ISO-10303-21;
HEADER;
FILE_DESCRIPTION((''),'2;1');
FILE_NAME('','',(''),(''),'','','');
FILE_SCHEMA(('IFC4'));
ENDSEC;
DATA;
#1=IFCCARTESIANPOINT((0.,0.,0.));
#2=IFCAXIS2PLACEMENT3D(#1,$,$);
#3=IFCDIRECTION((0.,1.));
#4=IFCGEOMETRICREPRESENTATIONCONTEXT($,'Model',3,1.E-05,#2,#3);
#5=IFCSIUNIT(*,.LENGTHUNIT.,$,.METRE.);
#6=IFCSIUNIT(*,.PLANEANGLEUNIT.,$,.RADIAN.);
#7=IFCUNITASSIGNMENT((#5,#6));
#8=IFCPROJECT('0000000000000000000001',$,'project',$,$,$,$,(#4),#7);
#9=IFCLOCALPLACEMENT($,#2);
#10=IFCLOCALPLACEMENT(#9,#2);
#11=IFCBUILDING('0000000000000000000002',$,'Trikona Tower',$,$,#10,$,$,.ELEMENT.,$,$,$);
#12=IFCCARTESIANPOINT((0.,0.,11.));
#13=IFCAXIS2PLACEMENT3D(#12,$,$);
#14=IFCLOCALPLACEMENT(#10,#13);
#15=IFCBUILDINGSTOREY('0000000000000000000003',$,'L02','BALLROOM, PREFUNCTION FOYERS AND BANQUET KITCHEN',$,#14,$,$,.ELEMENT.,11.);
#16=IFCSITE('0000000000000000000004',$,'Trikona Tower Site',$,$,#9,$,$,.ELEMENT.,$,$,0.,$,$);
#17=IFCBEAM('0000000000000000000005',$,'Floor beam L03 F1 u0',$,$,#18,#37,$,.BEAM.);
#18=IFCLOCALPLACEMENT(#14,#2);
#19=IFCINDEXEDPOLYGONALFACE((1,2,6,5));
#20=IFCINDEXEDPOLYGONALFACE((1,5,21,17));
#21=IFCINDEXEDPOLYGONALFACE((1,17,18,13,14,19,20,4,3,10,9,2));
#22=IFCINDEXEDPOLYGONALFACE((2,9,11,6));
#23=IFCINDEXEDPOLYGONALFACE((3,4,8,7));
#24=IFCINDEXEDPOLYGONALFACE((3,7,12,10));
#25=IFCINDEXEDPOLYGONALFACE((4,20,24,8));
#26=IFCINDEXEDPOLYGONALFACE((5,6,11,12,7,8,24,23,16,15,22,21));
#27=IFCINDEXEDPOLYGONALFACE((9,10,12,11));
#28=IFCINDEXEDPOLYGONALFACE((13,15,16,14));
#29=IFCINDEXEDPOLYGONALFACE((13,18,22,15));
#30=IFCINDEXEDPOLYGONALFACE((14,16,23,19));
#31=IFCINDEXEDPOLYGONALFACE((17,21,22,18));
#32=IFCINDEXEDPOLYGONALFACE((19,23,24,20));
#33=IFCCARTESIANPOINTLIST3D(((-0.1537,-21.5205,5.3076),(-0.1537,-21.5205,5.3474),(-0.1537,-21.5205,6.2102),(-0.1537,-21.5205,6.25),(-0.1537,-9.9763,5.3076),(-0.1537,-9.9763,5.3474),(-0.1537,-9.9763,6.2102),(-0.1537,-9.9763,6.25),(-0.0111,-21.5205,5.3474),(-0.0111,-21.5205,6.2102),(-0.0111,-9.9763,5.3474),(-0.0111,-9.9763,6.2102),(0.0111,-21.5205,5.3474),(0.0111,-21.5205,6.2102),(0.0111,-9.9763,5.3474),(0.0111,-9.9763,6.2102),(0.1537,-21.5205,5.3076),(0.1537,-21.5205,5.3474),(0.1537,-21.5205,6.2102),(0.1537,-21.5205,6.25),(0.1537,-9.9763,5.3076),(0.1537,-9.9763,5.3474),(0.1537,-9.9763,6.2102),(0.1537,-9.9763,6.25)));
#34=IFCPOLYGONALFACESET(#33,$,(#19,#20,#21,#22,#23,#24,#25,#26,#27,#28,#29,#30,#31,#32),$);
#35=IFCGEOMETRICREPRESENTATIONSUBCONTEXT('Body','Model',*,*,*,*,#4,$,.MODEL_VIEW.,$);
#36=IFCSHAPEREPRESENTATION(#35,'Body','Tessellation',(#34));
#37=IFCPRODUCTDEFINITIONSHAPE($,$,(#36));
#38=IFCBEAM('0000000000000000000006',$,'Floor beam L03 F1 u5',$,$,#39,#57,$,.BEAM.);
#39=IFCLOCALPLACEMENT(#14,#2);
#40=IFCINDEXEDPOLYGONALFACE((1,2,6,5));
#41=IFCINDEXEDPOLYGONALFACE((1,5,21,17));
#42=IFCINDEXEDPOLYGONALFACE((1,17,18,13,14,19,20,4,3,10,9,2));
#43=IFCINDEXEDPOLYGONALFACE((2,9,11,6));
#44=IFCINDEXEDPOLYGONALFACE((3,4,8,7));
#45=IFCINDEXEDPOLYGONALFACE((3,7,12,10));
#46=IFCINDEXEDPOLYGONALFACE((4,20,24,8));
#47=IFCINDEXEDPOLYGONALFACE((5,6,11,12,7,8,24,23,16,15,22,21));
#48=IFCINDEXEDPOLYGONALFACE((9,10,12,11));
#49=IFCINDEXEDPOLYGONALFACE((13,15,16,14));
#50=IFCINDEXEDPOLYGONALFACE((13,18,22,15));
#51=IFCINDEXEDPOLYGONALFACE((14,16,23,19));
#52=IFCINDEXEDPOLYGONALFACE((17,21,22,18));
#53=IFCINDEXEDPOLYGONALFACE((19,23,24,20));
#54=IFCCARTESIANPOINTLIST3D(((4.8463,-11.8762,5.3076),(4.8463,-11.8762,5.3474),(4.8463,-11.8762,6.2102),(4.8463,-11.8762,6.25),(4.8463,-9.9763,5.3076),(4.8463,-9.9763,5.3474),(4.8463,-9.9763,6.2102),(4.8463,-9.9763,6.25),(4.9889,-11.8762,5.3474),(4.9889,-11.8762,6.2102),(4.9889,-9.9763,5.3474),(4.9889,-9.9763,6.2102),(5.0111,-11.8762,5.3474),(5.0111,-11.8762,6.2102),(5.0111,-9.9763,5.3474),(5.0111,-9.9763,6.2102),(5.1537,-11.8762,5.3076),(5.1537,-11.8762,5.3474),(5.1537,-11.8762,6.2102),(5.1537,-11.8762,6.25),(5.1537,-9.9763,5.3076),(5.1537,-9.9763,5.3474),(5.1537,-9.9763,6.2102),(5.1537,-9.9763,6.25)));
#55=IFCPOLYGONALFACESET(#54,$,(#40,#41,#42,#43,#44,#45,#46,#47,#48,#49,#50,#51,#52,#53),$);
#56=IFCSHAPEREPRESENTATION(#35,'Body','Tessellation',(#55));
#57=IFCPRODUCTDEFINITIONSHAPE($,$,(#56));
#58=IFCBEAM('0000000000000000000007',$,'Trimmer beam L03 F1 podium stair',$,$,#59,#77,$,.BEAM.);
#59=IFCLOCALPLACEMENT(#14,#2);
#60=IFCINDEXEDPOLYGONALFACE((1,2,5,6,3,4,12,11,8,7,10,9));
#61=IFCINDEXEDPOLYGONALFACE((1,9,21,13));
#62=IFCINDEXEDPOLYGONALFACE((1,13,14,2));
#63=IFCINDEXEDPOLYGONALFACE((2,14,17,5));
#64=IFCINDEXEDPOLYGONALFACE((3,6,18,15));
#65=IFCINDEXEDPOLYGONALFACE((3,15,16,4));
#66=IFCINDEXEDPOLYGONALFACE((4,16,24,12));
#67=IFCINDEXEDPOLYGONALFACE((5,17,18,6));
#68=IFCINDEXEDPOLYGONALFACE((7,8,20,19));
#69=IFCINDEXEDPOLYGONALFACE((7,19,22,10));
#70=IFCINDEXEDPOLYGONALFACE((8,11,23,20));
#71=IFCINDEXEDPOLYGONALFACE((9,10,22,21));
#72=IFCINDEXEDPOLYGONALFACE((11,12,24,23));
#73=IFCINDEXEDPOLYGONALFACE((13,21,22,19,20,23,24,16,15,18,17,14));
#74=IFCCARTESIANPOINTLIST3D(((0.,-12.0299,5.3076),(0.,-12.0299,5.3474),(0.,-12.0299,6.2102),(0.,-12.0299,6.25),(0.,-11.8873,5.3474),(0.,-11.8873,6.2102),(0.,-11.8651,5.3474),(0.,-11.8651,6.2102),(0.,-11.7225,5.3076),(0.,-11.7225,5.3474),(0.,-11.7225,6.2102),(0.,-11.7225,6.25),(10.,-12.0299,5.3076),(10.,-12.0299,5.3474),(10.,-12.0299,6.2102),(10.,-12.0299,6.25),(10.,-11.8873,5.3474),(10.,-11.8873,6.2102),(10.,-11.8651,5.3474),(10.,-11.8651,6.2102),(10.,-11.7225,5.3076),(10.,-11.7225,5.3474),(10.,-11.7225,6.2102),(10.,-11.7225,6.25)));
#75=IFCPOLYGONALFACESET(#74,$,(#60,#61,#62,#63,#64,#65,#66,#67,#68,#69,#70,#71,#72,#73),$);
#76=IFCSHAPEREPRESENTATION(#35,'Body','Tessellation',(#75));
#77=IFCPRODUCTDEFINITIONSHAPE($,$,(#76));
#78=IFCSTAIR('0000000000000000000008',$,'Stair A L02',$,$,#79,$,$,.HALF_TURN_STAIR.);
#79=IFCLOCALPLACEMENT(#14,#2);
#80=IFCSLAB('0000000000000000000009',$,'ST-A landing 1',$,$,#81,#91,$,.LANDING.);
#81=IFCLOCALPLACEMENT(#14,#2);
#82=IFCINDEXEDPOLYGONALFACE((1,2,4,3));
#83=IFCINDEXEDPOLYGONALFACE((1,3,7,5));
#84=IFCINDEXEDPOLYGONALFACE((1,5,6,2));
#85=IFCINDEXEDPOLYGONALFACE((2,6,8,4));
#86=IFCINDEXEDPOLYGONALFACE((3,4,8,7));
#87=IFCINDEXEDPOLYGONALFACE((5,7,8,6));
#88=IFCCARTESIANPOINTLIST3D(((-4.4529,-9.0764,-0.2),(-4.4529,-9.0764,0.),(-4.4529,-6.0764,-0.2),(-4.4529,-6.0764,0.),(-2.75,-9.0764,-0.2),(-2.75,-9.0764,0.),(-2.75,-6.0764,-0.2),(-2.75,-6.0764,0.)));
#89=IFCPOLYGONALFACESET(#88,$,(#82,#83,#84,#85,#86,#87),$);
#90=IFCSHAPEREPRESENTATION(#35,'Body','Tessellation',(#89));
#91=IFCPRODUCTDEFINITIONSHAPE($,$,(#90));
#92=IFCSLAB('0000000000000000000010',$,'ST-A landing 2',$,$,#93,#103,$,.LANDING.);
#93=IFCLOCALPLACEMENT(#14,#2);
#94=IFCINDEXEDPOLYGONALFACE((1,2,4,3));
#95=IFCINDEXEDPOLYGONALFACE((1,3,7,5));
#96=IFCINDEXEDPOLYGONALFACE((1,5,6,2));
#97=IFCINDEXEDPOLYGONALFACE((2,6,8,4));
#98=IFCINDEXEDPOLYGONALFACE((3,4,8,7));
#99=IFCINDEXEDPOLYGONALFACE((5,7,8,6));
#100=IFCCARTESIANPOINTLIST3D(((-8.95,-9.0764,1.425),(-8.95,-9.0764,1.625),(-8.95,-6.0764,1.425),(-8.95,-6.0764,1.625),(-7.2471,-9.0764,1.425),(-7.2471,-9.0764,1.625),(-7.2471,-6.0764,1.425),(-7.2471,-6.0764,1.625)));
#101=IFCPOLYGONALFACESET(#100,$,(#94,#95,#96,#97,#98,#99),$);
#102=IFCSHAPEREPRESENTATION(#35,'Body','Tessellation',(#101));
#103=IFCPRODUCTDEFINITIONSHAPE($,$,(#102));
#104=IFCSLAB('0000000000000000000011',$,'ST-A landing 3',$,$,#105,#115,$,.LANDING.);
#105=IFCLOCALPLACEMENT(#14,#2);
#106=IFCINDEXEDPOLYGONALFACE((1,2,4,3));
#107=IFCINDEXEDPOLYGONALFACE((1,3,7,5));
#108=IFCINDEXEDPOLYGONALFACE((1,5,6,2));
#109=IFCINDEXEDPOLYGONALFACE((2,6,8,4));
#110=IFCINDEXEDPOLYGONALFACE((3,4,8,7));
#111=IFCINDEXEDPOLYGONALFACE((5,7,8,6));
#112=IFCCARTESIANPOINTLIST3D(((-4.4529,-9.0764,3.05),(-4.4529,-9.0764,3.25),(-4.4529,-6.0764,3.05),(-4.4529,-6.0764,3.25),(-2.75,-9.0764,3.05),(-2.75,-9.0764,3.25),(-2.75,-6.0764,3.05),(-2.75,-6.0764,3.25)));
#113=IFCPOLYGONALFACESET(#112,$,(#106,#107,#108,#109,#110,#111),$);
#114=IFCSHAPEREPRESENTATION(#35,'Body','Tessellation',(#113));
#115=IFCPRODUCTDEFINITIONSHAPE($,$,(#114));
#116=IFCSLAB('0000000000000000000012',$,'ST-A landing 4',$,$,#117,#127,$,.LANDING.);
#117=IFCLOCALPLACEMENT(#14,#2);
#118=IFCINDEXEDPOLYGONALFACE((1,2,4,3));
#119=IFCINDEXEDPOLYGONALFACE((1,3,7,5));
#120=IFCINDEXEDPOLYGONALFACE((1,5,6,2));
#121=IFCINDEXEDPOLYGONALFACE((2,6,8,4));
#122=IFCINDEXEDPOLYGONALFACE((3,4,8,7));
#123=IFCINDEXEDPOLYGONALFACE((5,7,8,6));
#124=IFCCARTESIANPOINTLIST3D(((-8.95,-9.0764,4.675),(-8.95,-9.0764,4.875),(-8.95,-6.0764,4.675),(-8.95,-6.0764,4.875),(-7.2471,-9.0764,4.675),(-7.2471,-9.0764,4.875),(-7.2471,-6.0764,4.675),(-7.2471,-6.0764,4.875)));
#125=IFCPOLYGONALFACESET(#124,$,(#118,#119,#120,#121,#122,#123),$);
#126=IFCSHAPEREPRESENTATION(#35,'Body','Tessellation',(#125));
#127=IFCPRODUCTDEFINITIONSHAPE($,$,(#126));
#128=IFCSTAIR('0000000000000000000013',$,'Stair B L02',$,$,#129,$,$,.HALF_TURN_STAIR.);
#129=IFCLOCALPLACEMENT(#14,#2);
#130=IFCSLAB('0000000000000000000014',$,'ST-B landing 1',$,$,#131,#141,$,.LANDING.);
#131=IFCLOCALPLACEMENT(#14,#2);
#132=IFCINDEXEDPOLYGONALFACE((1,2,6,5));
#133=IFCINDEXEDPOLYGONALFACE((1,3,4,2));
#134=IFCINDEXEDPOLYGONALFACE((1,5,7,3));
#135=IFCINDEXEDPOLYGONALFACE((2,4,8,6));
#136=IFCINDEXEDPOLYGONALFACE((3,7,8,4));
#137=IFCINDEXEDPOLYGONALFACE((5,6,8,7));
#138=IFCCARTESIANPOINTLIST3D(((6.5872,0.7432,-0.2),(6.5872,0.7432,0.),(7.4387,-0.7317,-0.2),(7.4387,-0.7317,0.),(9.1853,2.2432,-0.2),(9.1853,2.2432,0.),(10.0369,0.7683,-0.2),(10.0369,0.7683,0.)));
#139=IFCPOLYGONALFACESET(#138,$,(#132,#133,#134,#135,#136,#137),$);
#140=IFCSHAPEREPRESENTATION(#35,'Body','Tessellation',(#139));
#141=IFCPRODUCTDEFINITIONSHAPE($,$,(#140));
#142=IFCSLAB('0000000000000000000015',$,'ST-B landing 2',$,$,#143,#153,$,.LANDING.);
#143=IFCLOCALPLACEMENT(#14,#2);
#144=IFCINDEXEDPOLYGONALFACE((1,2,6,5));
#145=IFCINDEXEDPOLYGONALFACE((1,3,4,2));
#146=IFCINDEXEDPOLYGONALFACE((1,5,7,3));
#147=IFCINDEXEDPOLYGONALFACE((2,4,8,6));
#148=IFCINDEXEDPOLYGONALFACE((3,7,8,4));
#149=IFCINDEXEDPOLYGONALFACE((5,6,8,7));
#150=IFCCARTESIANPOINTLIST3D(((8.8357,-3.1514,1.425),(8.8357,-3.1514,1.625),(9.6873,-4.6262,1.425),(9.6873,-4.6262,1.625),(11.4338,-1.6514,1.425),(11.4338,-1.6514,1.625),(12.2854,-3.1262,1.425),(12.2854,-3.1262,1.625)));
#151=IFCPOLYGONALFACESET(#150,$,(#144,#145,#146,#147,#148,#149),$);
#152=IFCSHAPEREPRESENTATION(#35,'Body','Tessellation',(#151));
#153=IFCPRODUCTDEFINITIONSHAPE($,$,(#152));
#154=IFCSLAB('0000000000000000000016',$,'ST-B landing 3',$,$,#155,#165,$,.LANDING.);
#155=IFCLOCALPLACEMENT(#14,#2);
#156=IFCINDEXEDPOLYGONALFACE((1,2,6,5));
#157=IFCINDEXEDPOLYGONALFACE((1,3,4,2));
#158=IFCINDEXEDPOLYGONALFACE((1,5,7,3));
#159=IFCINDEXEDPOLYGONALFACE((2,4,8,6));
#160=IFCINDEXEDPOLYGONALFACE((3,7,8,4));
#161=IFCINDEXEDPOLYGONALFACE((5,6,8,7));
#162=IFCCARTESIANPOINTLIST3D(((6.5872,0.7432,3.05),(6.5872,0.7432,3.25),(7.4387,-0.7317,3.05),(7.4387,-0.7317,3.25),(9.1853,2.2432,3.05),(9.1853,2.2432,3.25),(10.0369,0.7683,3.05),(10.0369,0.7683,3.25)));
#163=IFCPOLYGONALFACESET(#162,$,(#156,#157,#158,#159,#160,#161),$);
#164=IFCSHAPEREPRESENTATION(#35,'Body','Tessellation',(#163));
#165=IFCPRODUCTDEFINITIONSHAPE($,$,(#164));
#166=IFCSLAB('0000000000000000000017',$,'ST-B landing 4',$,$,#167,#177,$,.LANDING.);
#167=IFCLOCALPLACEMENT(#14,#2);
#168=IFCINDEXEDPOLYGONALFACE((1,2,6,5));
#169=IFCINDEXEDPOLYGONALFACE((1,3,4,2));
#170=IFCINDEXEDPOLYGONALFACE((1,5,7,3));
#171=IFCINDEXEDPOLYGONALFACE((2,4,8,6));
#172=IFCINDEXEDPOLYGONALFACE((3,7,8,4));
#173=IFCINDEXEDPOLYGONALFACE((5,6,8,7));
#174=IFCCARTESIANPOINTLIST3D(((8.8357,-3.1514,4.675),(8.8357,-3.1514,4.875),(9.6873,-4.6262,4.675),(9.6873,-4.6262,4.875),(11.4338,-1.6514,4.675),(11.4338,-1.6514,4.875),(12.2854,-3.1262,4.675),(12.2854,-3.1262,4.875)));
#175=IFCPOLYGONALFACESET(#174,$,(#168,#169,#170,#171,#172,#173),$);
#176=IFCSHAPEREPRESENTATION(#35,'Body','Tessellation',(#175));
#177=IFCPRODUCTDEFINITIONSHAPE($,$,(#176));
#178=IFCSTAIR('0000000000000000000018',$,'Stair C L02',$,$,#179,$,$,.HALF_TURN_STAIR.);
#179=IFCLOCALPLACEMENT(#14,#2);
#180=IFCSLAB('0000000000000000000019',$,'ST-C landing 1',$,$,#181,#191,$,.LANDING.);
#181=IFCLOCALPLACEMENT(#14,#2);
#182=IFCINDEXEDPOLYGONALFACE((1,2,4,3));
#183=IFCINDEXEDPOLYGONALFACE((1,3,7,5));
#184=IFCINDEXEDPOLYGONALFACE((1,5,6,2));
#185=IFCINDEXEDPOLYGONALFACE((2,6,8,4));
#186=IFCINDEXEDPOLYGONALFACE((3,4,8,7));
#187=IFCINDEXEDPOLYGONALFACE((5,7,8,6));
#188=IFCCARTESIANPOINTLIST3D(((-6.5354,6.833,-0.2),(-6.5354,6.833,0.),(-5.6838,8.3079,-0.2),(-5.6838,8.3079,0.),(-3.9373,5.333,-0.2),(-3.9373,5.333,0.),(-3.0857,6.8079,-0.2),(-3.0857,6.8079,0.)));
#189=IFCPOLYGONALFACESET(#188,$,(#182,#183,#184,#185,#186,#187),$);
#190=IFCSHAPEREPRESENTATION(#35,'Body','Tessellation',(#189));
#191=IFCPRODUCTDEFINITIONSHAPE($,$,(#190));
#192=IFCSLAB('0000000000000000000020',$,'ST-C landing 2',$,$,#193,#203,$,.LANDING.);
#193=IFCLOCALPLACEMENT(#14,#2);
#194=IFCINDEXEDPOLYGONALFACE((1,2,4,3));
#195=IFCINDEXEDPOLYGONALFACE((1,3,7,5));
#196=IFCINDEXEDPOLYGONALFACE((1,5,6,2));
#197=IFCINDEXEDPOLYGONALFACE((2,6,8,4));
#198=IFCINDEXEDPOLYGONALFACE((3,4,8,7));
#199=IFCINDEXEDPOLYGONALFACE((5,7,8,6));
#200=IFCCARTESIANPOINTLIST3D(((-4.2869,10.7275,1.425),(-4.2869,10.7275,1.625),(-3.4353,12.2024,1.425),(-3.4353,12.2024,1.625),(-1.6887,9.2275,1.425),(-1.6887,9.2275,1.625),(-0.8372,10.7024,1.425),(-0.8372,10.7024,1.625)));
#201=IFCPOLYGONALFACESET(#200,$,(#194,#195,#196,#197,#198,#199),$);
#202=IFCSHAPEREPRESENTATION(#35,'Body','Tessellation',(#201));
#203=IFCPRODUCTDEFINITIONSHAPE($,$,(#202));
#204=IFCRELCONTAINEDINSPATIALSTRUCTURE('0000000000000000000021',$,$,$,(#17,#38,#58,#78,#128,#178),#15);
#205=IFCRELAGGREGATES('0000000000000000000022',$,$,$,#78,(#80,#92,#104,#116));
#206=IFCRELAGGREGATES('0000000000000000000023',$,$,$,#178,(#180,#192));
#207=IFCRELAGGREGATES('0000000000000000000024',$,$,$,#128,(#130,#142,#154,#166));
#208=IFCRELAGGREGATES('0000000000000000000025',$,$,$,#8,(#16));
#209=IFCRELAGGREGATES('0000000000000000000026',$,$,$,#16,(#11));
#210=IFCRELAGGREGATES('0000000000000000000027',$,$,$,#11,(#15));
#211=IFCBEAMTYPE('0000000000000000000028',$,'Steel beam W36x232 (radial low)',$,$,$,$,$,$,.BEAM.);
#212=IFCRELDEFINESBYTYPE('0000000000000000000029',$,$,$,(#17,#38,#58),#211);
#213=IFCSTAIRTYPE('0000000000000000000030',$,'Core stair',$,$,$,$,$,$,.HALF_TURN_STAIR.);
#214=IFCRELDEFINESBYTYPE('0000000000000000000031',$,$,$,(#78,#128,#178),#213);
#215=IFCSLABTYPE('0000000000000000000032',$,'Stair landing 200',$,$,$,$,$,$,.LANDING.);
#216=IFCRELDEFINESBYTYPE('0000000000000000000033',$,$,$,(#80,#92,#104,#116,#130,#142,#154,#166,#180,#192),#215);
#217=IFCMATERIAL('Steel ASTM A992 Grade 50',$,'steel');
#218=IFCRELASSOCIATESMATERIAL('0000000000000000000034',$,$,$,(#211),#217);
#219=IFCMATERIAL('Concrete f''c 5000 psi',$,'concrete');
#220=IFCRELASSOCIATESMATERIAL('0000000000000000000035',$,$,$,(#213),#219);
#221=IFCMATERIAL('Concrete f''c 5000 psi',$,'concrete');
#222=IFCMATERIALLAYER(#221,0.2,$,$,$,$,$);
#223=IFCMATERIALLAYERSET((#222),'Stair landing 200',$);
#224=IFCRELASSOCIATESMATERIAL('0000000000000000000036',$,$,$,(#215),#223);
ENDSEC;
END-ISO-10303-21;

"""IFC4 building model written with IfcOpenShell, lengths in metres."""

from ifc_helpers import new_model, si_unit, direction, frame, origin, origin_2d, place, context, subcontext, project, spatial, polyline, i_section, outline, extrude, material, layer, layer_set, material_profile, profile_set, type_object, element, aggregate, save


model = new_model("IFC4")

# Units and contexts
model_context = context("Model", 3, precision=1e-05, world=origin(), true_north=direction((0.0, 1.0)))
body_context = subcontext(model_context, "Body", "Model", "MODEL_VIEW")
ifc_project = project(units=[si_unit("LENGTHUNIT", "METRE"), si_unit("PLANEANGLEUNIT", "RADIAN")], contexts=[model_context])

# Site, building, storey
site_placement = place(None, origin())
site = spatial("IfcSite", under=ifc_project, at=site_placement, Name="Trikona Tower Site", CompositionType="ELEMENT", RefElevation=0.0)
building_placement = place(site_placement, origin())
building = spatial("IfcBuilding", under=site, at=building_placement, Name="Trikona Tower", CompositionType="ELEMENT")
storey_placement = place(building_placement, frame((0.0, 0.0, 11.0)))
storey = spatial("IfcBuildingStorey", under=building, at=storey_placement, Name="L02", Description="BALLROOM, PREFUNCTION FOYERS AND BANQUET KITCHEN", CompositionType="ELEMENT", Elevation=11.0)

# Beams
ifc_material_1 = material(Name="Steel ASTM A992 Grade 50", Category="steel")
ifc_material_profile = material_profile(ifc_material_1, i_section(OverallWidth=0.3074, OverallDepth=0.9424, WebThickness=0.0222, FlangeThickness=0.0398, at=origin_2d()), Name="W36X232")
ifc_profile_set = profile_set([ifc_material_profile], Name="Steel ASTM A992 Grade 50")
beam_type = type_object("IfcBeamType", Name="Steel beam W36x232 (radial low)", PredefinedType="BEAM", material=ifc_profile_set)
beam_1_placement = place(storey_placement, frame((0.0, -9.9763, 5.7788), z_axis=(0.0, -1.0, 0.0), x_axis=(1.0, 0.0, 0.0)))
element("IfcBeam", 1, at=beam_1_placement, inside=storey, type_object=beam_type, Name="Floor beam L03 F1 u0", PredefinedType="BEAM", context=body_context, shape_type="SweptSolid", body=[
    extrude(i_section(OverallWidth=0.3074, OverallDepth=0.9424, WebThickness=0.0222, FlangeThickness=0.0398, at=origin_2d()), origin(), (0.0, 0.0, 1.0), 11.5442),
])
beam_2_placement = place(storey_placement, frame((5.0, -9.9763, 5.7788), z_axis=(0.0, -1.0, 0.0), x_axis=(1.0, 0.0, 0.0)))
element("IfcBeam", 2, at=beam_2_placement, inside=storey, type_object=beam_type, Name="Floor beam L03 F1 u5", PredefinedType="BEAM", context=body_context, shape_type="SweptSolid", body=[
    extrude(i_section(OverallWidth=0.3074, OverallDepth=0.9424, WebThickness=0.0222, FlangeThickness=0.0398, at=origin_2d()), origin(), (0.0, 0.0, 1.0), 1.8999),
])
beam_3_placement = place(storey_placement, frame((0.0, -11.8762, 5.7788), z_axis=(1.0, 0.0, 0.0), x_axis=(0.0, 1.0, 0.0)))
element("IfcBeam", 3, at=beam_3_placement, inside=storey, type_object=beam_type, Name="Trimmer beam L03 F1 podium stair", PredefinedType="BEAM", context=body_context, shape_type="SweptSolid", body=[
    extrude(i_section(OverallWidth=0.3074, OverallDepth=0.9424, WebThickness=0.0222, FlangeThickness=0.0398, at=origin_2d()), origin(), (0.0, 0.0, 1.0), 10.0),
])

# Stairs, slabs
ifc_material_2 = material(Name="Concrete f'c 5000 psi", Category="concrete")
stair_type_1 = type_object("IfcStairType", Name="Core stair", PredefinedType="HALF_TURN_STAIR", material=ifc_material_2)
stair_1_placement = place(storey_placement, origin())
stair_1 = element("IfcStair", 4, at=stair_1_placement, inside=storey, type_object=stair_type_1, Name="Stair A L02", PredefinedType="HALF_TURN_STAIR")
ifc_material_3 = material(Name="Concrete f'c 5000 psi", Category="concrete")
ifc_layer_1 = layer(ifc_material_3, 0.2)
ifc_layer_set_1 = layer_set([ifc_layer_1], Name="Stair landing 200")
slab_type_1 = type_object("IfcSlabType", Name="Stair landing 200", PredefinedType="LANDING", material=ifc_layer_set_1)
slab_1_placement = place(storey_placement, frame((0.0, 0.0, -0.2)))
slab_1 = element("IfcSlab", 5, at=slab_1_placement, type_object=slab_type_1, Name="ST-A landing 1", PredefinedType="LANDING", context=body_context, shape_type="SweptSolid", body=[
    extrude(outline(polyline([(-4.4529, -6.0764), (-2.75, -6.0764), (-2.75, -9.0764), (-4.4529, -9.0764), (-4.4529, -6.0764)])), origin(), (0.0, 0.0, 1.0), 0.2),
])
slab_2_placement = place(storey_placement, frame((0.0, 0.0, 1.425)))
slab_2 = element("IfcSlab", 6, at=slab_2_placement, type_object=slab_type_1, Name="ST-A landing 2", PredefinedType="LANDING", context=body_context, shape_type="SweptSolid", body=[
    extrude(outline(polyline([(-8.95, -6.0764), (-7.2471, -6.0764), (-7.2471, -9.0764), (-8.95, -9.0764), (-8.95, -6.0764)])), origin(), (0.0, 0.0, 1.0), 0.2),
])
slab_3_placement = place(storey_placement, frame((0.0, 0.0, 3.05)))
slab_3 = element("IfcSlab", 7, at=slab_3_placement, type_object=slab_type_1, Name="ST-A landing 3", PredefinedType="LANDING", context=body_context, shape_type="SweptSolid", body=[
    extrude(outline(polyline([(-4.4529, -6.0764), (-2.75, -6.0764), (-2.75, -9.0764), (-4.4529, -9.0764), (-4.4529, -6.0764)])), origin(), (0.0, 0.0, 1.0), 0.2),
])
slab_4_placement = place(storey_placement, frame((0.0, 0.0, 4.675)))
slab_4 = element("IfcSlab", 8, at=slab_4_placement, type_object=slab_type_1, Name="ST-A landing 4", PredefinedType="LANDING", context=body_context, shape_type="SweptSolid", body=[
    extrude(outline(polyline([(-8.95, -6.0764), (-7.2471, -6.0764), (-7.2471, -9.0764), (-8.95, -9.0764), (-8.95, -6.0764)])), origin(), (0.0, 0.0, 1.0), 0.2),
])
aggregate(stair_1, [slab_1, slab_2, slab_3, slab_4])
stair_2_placement = place(storey_placement, origin())
stair_2 = element("IfcStair", 9, at=stair_2_placement, inside=storey, type_object=stair_type_1, Name="Stair B L02", PredefinedType="HALF_TURN_STAIR")
slab_5_placement = place(storey_placement, frame((0.0, 0.0, -0.2)))
slab_5 = element("IfcSlab", 10, at=slab_5_placement, type_object=slab_type_1, Name="ST-B landing 1", PredefinedType="LANDING", context=body_context, shape_type="SweptSolid", body=[
    extrude(outline(polyline([(7.4387, -0.7317), (6.5872, 0.7432), (9.1853, 2.2432), (10.0369, 0.7683), (7.4387, -0.7317)])), origin(), (0.0, 0.0, 1.0), 0.2),
])
slab_6_placement = place(storey_placement, frame((0.0, 0.0, 1.425)))
slab_6 = element("IfcSlab", 11, at=slab_6_placement, type_object=slab_type_1, Name="ST-B landing 2", PredefinedType="LANDING", context=body_context, shape_type="SweptSolid", body=[
    extrude(outline(polyline([(9.6873, -4.6262), (8.8357, -3.1514), (11.4338, -1.6514), (12.2854, -3.1262), (9.6873, -4.6262)])), origin(), (0.0, 0.0, 1.0), 0.2),
])
slab_7_placement = place(storey_placement, frame((0.0, 0.0, 3.05)))
slab_7 = element("IfcSlab", 12, at=slab_7_placement, type_object=slab_type_1, Name="ST-B landing 3", PredefinedType="LANDING", context=body_context, shape_type="SweptSolid", body=[
    extrude(outline(polyline([(7.4387, -0.7317), (6.5872, 0.7432), (9.1853, 2.2432), (10.0369, 0.7683), (7.4387, -0.7317)])), origin(), (0.0, 0.0, 1.0), 0.2),
])
slab_8_placement = place(storey_placement, frame((0.0, 0.0, 4.675)))
slab_8 = element("IfcSlab", 13, at=slab_8_placement, type_object=slab_type_1, Name="ST-B landing 4", PredefinedType="LANDING", context=body_context, shape_type="SweptSolid", body=[
    extrude(outline(polyline([(9.6873, -4.6262), (8.8357, -3.1514), (11.4338, -1.6514), (12.2854, -3.1262), (9.6873, -4.6262)])), origin(), (0.0, 0.0, 1.0), 0.2),
])
stair_3_placement = place(storey_placement, origin())
stair_3 = element("IfcStair", 14, at=stair_3_placement, inside=storey, type_object=stair_type_1, Name="Stair C L02", PredefinedType="HALF_TURN_STAIR")
slab_9_placement = place(storey_placement, frame((0.0, 0.0, -0.2)))
slab_9 = element("IfcSlab", 15, at=slab_9_placement, type_object=slab_type_1, Name="ST-C landing 1", PredefinedType="LANDING", context=body_context, shape_type="SweptSolid", body=[
    extrude(outline(polyline([(-3.0857, 6.8079), (-3.9373, 5.333), (-6.5354, 6.833), (-5.6838, 8.3079), (-3.0857, 6.8079)])), origin(), (0.0, 0.0, 1.0), 0.2),
])
slab_10_placement = place(storey_placement, frame((0.0, 0.0, 1.425)))
slab_10 = element("IfcSlab", 16, at=slab_10_placement, type_object=slab_type_1, Name="ST-C landing 2", PredefinedType="LANDING", context=body_context, shape_type="SweptSolid", body=[
    extrude(outline(polyline([(-0.8372, 10.7024), (-1.6887, 9.2275), (-4.2869, 10.7275), (-3.4353, 12.2024), (-0.8372, 10.7024)])), origin(), (0.0, 0.0, 1.0), 0.2),
])
aggregate(stair_3, [slab_9, slab_10])

aggregate(stair_2, [slab_5, slab_6, slab_7, slab_8])

save(model, "model.ifc")
